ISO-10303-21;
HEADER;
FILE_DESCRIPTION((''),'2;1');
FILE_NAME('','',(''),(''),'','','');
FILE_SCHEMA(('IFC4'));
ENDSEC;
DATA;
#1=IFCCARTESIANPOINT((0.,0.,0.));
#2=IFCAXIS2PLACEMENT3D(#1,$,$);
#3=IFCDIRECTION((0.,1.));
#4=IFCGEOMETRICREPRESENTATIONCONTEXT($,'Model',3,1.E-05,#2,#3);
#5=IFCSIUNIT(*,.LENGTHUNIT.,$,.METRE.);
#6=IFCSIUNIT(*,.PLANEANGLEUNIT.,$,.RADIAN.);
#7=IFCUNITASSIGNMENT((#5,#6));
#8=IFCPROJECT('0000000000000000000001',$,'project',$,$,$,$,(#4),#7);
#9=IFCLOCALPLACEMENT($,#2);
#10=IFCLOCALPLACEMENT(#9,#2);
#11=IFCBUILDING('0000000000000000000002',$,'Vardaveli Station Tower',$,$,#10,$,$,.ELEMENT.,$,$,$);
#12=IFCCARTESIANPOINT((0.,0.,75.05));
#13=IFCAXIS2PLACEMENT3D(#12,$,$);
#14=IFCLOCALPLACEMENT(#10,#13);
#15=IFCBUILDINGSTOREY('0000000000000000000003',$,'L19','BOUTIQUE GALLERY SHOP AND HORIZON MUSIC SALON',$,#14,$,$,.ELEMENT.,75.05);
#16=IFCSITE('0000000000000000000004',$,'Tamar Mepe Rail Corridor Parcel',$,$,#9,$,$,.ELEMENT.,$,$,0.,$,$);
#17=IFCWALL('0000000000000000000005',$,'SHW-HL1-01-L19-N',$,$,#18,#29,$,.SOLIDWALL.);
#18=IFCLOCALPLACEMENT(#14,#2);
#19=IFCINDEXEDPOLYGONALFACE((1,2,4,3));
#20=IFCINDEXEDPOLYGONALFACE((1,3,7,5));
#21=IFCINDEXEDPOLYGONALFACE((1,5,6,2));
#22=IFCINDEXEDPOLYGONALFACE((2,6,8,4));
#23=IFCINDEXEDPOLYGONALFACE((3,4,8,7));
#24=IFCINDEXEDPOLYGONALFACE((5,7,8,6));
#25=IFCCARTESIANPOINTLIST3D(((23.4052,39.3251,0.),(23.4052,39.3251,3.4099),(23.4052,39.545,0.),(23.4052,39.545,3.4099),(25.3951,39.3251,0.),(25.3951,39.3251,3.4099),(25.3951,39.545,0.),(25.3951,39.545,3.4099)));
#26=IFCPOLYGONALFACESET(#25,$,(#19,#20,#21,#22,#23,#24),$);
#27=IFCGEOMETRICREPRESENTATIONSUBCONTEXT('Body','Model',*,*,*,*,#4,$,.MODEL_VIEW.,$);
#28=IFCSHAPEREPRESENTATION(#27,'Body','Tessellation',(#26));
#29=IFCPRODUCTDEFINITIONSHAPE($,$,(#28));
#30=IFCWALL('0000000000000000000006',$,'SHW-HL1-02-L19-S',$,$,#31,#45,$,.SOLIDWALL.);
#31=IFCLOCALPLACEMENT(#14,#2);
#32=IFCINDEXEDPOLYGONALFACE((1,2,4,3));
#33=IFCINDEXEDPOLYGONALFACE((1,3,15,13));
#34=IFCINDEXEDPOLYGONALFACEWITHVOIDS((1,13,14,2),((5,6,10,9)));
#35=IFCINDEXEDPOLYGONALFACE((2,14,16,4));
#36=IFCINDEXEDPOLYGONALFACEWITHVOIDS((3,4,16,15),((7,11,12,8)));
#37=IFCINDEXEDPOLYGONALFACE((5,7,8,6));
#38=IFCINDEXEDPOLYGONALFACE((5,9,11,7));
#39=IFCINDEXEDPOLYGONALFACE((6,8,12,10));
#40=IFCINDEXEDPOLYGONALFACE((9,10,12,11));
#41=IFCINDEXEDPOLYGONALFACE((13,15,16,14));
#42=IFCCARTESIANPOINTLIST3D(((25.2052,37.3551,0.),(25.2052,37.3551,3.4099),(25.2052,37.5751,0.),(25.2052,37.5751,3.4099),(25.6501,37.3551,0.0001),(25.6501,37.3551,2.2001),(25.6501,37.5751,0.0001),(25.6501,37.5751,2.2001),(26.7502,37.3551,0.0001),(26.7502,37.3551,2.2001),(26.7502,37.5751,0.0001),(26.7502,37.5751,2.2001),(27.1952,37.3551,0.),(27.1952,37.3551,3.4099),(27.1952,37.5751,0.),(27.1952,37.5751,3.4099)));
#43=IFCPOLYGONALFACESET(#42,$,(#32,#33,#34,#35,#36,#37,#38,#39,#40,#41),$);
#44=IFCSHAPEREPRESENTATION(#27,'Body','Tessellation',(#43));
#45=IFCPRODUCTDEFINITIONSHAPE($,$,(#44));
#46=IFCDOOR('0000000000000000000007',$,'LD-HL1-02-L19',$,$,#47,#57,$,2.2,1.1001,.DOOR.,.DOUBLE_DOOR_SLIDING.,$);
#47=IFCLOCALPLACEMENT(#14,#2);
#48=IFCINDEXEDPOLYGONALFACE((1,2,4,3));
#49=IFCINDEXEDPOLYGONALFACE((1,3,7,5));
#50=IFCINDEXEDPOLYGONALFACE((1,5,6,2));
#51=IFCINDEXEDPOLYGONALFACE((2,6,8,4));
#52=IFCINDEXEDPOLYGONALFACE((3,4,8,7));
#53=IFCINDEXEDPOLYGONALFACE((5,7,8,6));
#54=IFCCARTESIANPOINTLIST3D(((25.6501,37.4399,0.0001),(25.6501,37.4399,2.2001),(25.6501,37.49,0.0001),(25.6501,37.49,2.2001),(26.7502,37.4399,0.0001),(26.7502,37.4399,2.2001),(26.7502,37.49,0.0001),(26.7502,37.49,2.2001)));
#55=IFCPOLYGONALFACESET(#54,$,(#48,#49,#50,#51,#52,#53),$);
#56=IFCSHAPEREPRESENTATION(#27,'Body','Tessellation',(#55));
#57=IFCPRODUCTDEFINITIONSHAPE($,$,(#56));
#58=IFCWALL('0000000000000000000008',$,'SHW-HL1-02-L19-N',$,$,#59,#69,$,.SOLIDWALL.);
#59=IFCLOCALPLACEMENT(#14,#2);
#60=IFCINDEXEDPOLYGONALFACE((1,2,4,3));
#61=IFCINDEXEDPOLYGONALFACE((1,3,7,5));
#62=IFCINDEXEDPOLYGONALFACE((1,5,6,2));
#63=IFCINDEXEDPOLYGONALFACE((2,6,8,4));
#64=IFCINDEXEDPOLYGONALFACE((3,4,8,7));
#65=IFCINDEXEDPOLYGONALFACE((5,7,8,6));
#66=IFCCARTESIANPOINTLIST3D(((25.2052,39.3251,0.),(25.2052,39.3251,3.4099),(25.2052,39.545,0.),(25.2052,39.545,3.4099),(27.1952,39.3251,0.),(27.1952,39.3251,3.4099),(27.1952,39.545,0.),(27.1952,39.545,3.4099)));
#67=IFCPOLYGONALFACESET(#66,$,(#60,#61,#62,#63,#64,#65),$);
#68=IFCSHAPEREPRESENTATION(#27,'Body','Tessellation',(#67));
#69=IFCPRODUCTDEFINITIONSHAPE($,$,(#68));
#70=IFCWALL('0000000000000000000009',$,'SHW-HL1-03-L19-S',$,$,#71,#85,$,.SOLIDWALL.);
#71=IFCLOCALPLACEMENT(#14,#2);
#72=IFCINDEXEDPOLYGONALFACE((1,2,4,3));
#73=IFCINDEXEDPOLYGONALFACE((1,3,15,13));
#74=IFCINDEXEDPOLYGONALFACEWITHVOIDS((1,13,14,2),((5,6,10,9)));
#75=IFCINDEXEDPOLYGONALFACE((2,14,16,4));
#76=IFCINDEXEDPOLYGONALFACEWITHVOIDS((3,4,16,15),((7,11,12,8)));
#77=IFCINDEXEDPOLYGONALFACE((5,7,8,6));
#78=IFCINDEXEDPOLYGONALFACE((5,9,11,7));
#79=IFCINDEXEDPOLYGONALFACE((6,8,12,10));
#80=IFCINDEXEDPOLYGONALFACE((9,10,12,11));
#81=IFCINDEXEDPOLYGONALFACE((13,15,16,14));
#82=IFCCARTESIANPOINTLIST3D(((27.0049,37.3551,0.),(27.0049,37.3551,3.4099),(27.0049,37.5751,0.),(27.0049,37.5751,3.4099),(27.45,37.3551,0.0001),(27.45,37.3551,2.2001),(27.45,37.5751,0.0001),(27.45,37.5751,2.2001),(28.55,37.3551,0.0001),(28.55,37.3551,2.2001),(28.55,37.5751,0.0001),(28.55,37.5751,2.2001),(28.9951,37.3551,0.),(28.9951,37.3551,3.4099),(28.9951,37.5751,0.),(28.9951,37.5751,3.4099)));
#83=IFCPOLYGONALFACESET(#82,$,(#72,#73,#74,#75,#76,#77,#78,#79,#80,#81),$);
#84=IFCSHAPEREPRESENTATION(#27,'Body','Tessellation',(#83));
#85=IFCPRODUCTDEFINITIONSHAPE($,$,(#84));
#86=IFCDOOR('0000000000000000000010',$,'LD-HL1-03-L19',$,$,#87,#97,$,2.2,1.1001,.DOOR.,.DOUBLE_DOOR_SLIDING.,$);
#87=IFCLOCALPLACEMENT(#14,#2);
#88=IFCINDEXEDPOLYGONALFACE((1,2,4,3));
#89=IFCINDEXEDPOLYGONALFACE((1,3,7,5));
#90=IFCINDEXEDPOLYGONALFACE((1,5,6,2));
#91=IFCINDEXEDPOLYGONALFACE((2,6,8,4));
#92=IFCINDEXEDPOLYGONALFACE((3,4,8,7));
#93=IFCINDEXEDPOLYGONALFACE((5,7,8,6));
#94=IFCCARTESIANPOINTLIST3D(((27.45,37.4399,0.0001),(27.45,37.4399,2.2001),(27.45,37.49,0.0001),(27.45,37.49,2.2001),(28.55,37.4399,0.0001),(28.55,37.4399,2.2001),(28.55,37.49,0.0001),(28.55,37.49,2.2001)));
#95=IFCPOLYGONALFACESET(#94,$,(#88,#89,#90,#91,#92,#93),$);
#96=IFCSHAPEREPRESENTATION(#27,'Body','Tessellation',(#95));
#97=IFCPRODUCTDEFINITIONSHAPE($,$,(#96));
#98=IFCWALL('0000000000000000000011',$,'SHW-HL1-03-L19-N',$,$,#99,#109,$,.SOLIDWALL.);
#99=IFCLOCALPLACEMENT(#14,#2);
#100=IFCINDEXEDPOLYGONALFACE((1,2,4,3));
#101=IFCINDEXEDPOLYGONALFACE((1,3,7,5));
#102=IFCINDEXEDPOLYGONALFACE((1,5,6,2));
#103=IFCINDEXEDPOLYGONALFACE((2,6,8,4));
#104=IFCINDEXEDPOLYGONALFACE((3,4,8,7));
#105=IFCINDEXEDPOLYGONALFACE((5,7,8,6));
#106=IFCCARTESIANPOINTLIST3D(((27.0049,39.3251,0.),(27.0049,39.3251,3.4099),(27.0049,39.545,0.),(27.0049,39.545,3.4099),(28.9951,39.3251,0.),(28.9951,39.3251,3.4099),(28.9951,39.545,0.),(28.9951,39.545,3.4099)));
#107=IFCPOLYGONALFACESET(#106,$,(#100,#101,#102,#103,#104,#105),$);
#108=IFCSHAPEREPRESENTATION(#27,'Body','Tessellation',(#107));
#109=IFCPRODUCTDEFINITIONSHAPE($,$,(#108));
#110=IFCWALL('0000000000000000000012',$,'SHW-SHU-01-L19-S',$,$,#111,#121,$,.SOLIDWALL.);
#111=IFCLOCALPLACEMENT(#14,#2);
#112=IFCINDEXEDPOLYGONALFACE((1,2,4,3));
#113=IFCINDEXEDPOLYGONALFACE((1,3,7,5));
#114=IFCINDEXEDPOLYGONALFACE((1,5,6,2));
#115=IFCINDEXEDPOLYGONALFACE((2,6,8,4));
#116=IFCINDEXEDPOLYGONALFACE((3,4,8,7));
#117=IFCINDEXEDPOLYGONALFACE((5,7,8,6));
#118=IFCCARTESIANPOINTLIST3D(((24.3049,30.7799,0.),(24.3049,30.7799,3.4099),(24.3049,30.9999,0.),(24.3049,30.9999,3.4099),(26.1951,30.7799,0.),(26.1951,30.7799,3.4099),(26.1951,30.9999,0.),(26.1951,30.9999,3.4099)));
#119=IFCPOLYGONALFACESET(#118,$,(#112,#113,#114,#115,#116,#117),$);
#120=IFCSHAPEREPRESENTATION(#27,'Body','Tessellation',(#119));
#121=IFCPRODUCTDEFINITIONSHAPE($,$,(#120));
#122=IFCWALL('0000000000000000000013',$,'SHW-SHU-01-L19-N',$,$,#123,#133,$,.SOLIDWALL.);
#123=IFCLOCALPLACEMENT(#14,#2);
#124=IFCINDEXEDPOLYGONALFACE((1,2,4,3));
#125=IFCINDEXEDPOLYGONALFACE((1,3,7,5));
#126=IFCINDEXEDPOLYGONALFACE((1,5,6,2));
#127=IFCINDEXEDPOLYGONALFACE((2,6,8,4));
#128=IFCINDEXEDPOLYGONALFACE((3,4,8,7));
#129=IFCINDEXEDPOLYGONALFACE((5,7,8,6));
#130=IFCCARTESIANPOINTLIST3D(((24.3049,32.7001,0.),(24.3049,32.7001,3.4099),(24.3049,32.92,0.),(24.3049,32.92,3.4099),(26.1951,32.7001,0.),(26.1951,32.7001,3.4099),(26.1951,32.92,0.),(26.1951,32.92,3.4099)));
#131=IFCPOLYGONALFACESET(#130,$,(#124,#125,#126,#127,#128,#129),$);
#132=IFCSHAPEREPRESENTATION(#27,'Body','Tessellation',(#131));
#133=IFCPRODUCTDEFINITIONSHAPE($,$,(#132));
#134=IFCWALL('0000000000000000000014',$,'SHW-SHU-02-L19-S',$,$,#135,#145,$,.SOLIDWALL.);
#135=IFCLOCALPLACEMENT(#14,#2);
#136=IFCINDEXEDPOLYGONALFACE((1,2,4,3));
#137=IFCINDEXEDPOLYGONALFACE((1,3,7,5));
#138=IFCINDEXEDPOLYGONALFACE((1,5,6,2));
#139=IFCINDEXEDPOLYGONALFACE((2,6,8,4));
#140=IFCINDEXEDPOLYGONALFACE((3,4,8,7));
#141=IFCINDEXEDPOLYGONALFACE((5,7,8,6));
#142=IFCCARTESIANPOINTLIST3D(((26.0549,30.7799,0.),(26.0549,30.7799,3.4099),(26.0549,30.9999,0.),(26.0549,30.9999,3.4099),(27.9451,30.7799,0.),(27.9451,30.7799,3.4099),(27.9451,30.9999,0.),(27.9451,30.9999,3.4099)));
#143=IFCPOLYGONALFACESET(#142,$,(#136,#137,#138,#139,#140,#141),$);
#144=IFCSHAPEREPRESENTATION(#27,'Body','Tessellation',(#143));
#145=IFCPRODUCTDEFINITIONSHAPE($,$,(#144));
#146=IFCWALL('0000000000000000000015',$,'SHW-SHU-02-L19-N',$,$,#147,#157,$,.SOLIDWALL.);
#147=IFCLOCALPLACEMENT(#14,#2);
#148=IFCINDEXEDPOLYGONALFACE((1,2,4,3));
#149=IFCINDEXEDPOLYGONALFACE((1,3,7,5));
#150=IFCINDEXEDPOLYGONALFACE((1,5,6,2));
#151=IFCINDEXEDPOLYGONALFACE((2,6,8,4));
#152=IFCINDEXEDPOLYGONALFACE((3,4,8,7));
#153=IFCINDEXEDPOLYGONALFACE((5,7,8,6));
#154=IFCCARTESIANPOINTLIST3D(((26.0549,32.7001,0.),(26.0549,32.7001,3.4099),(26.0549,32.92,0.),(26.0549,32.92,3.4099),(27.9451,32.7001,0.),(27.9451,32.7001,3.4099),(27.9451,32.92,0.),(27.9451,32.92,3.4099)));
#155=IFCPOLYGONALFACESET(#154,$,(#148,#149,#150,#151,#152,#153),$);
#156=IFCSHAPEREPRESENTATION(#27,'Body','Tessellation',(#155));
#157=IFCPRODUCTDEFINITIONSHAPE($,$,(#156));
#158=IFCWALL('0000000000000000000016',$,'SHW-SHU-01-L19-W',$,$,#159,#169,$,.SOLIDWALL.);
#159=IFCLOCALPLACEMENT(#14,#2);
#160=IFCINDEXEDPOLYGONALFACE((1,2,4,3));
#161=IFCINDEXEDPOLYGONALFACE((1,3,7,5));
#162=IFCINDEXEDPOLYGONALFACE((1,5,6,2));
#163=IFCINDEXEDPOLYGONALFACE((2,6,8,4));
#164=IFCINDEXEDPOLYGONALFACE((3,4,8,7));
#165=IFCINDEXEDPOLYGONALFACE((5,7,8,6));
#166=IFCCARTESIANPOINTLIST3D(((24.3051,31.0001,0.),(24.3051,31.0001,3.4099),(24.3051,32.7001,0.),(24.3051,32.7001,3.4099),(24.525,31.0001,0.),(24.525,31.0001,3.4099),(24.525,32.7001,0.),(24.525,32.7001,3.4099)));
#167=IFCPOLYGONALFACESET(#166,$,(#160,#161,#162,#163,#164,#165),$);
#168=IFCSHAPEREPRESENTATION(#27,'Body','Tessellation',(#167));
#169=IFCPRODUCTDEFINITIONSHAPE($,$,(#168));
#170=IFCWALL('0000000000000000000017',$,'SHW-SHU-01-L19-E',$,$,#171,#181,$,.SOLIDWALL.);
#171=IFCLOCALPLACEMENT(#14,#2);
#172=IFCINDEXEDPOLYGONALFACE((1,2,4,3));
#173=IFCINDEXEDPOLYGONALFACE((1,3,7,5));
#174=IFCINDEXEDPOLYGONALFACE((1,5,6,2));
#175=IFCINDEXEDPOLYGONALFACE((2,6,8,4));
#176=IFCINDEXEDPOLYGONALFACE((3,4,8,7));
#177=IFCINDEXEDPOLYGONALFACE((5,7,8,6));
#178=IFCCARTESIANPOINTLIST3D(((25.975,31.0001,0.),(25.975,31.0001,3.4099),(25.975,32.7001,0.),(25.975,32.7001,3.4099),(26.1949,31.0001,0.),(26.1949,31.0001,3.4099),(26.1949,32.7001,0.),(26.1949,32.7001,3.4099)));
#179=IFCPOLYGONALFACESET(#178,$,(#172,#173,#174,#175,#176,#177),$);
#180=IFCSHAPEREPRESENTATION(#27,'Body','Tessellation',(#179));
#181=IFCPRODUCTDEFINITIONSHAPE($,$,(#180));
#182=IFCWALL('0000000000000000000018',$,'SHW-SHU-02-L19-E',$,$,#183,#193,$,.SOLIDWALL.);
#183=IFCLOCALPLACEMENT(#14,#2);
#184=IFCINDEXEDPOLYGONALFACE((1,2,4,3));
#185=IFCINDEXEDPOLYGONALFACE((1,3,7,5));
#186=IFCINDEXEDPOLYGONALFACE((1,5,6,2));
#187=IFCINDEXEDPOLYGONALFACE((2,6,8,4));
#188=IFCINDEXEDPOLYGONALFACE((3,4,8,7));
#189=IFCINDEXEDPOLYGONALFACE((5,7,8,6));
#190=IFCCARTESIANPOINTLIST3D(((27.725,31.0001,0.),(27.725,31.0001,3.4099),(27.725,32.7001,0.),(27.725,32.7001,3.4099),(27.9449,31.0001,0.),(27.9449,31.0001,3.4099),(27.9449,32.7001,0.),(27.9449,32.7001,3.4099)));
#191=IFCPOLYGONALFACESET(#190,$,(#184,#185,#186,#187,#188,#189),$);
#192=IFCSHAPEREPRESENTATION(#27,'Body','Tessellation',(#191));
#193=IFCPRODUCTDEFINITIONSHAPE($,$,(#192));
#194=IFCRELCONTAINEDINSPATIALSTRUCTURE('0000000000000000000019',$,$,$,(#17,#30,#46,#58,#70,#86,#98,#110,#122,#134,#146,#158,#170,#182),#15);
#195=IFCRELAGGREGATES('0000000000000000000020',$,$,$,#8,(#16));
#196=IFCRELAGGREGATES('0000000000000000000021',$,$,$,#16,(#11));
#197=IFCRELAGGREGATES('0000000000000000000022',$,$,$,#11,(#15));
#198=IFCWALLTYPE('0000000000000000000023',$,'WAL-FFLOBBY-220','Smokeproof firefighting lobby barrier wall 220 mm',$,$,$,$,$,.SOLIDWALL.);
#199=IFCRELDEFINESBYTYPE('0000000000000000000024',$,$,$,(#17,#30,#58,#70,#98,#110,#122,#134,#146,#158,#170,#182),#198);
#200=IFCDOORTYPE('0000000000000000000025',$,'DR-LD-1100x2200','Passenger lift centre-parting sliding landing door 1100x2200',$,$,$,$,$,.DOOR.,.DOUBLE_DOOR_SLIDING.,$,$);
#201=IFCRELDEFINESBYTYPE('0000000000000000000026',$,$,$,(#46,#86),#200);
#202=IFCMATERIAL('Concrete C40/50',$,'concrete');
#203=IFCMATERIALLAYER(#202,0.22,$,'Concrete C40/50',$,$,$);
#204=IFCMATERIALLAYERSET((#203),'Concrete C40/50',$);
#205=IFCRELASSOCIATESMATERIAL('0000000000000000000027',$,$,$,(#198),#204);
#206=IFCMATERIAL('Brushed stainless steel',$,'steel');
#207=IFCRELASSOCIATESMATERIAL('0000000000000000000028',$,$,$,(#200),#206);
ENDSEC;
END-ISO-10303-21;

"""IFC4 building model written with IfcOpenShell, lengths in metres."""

from ifc_helpers import new_model, si_unit, direction, frame, frame_2d, origin, place, context, subcontext, project, spatial, rectangle, extrude, source, transform, mapped, material, layer, layer_set, type_object, element, fill, save


model = new_model("IFC4")

# Units and contexts
model_context = context("Model", 3, precision=1e-05, world=origin(), true_north=direction((0.0, 1.0)))
body_context = subcontext(model_context, "Body", "Model", "MODEL_VIEW")
ifc_project = project(units=[si_unit("LENGTHUNIT", "METRE"), si_unit("PLANEANGLEUNIT", "RADIAN")], contexts=[model_context])

# Site, building, storey
site_placement = place(None, origin())
site = spatial("IfcSite", under=ifc_project, at=site_placement, Name="Tamar Mepe Rail Corridor Parcel", CompositionType="ELEMENT", RefElevation=0.0)
building_placement = place(site_placement, origin())
building = spatial("IfcBuilding", under=site, at=building_placement, Name="Vardaveli Station Tower", CompositionType="ELEMENT")
storey_placement = place(building_placement, frame((0.0, 0.0, 75.05)))
storey = spatial("IfcBuildingStorey", under=building, at=storey_placement, Name="L19", Description="BOUTIQUE GALLERY SHOP AND HORIZON MUSIC SALON", CompositionType="ELEMENT", Elevation=75.05)

# Shared definitions
ifc_material_1 = material(Name="Concrete C40/50", Category="concrete")
ifc_layer = layer(ifc_material_1, 0.22, Name="Concrete C40/50")
ifc_layer_set = layer_set([ifc_layer], Name="Concrete C40/50")
wall_type = type_object("IfcWallType", Name="WAL-FFLOBBY-220", Description="Smokeproof firefighting lobby barrier wall 220 mm", PredefinedType="SOLIDWALL", material=ifc_layer_set)

# Shared definitions
shared_shape_1 = source(origin(), body_context, "Body", "SweptSolid", [
    extrude(rectangle(XDim=1.99, YDim=0.22, at=frame_2d((0.9951, 0.0))), origin(), (0.0, 0.0, 1.0), 3.4099),
])
shared_shape_2 = source(origin(), body_context, "Body", "SweptSolid", [
    extrude(rectangle(XDim=1.1001, YDim=2.2, at=frame_2d((0.55, 1.1001))), frame((0.0, 0.1201, 0.0), z_axis=(0.0, -1.0, 0.0), x_axis=(1.0, 0.0, 0.0)), (0.0, 0.0, 1.0), 0.24),
])
ifc_material_2 = material(Name="Brushed stainless steel", Category="steel")
door_type = type_object("IfcDoorType", Name="DR-LD-1100x2200", Description="Passenger lift centre-parting sliding landing door 1100x2200", OperationType="DOUBLE_DOOR_SLIDING", PredefinedType="DOOR", material=ifc_material_2)
shared_shape_3 = source(origin(), body_context, "Body", "SweptSolid", [
    extrude(rectangle(XDim=1.1001, YDim=2.2, at=frame_2d((0.55, 1.1001))), frame((0.0, 0.0249, 0.0), z_axis=(0.0, -1.0, 0.0), x_axis=(1.0, 0.0, 0.0)), (0.0, 0.0, 1.0), 0.05),
])

# Wall
wall_1_placement = place(storey_placement, frame((23.405, 39.4351, 0.0), z_axis=(0.0, 0.0, 1.0), x_axis=(1.0, 0.0, 0.0)))
element("IfcWall", 1, at=wall_1_placement, inside=storey, type_object=wall_type, Name="SHW-HL1-01-L19-N", PredefinedType="SOLIDWALL", context=body_context, shape_type="MappedRepresentation", body=[
    mapped(shared_shape_1, transform((0.0, 0.0, 0.0), scale=1.0)),
])

# Wall, opening, door
wall_2_placement = place(storey_placement, frame((25.2051, 37.4651, 0.0), z_axis=(0.0, 0.0, 1.0), x_axis=(1.0, 0.0, 0.0)))
wall_2 = element("IfcWall", 2, at=wall_2_placement, inside=storey, type_object=wall_type, Name="SHW-HL1-02-L19-S", PredefinedType="SOLIDWALL", context=body_context, shape_type="MappedRepresentation", body=[
    mapped(shared_shape_1, transform((0.0, 0.0, 0.0), scale=1.0)),
])
opening_1_placement = place(wall_2_placement, frame((0.4451, 0.0, 0.0)))
opening_1 = element("IfcOpeningElement", 3, at=opening_1_placement, cuts=wall_2, PredefinedType="OPENING", context=body_context, shape_type="MappedRepresentation", body=[
    mapped(shared_shape_2, transform((0.0, 0.0, 0.0), scale=1.0)),
])
door_1_placement = place(opening_1_placement, origin())
door_1 = element("IfcDoor", 4, at=door_1_placement, inside=storey, type_object=door_type, Name="LD-HL1-02-L19", OperationType="DOUBLE_DOOR_SLIDING", OverallHeight=2.2, OverallWidth=1.1001, PredefinedType="DOOR", context=body_context, shape_type="MappedRepresentation", body=[
    mapped(shared_shape_3, transform((0.0, 0.0, 0.0), scale=1.0)),
])
fill(opening_1, door_1)

# Wall
wall_3_placement = place(storey_placement, frame((25.2051, 39.4351, 0.0), z_axis=(0.0, 0.0, 1.0), x_axis=(1.0, 0.0, 0.0)))
element("IfcWall", 5, at=wall_3_placement, inside=storey, type_object=wall_type, Name="SHW-HL1-02-L19-N", PredefinedType="SOLIDWALL", context=body_context, shape_type="MappedRepresentation", body=[
    mapped(shared_shape_1, transform((0.0, 0.0, 0.0), scale=1.0)),
])

# Wall, opening, door
shared_shape_4 = source(origin(), body_context, "Body", "SweptSolid", [
    extrude(rectangle(XDim=1.9902, YDim=0.22, at=frame_2d((0.9951, 0.0))), origin(), (0.0, 0.0, 1.0), 3.4099),
])
wall_4_placement = place(storey_placement, frame((27.0049, 37.4651, 0.0), z_axis=(0.0, 0.0, 1.0), x_axis=(1.0, 0.0, 0.0)))
wall_4 = element("IfcWall", 6, at=wall_4_placement, inside=storey, type_object=wall_type, Name="SHW-HL1-03-L19-S", PredefinedType="SOLIDWALL", context=body_context, shape_type="MappedRepresentation", body=[
    mapped(shared_shape_4, transform((0.0, 0.0, 0.0), scale=1.0)),
])
opening_2_placement = place(wall_4_placement, frame((0.4451, 0.0, 0.0)))
opening_2 = element("IfcOpeningElement", 7, at=opening_2_placement, cuts=wall_4, PredefinedType="OPENING", context=body_context, shape_type="MappedRepresentation", body=[
    mapped(shared_shape_2, transform((0.0, 0.0, 0.0), scale=1.0)),
])
door_2_placement = place(opening_2_placement, origin())
door_2 = element("IfcDoor", 8, at=door_2_placement, inside=storey, type_object=door_type, Name="LD-HL1-03-L19", OperationType="DOUBLE_DOOR_SLIDING", OverallHeight=2.2, OverallWidth=1.1001, PredefinedType="DOOR", context=body_context, shape_type="MappedRepresentation", body=[
    mapped(shared_shape_3, transform((0.0, 0.0, 0.0), scale=1.0)),
])
fill(opening_2, door_2)

# Walls
wall_5_placement = place(storey_placement, frame((27.0049, 39.4351, 0.0), z_axis=(0.0, 0.0, 1.0), x_axis=(1.0, 0.0, 0.0)))
element("IfcWall", 9, at=wall_5_placement, inside=storey, type_object=wall_type, Name="SHW-HL1-03-L19-N", PredefinedType="SOLIDWALL", context=body_context, shape_type="MappedRepresentation", body=[
    mapped(shared_shape_4, transform((0.0, 0.0, 0.0), scale=1.0)),
])
shared_shape_5 = source(origin(), body_context, "Body", "SweptSolid", [
    extrude(rectangle(XDim=1.8901, YDim=0.22, at=frame_2d((0.9451, 0.0))), origin(), (0.0, 0.0, 1.0), 3.4099),
])
for number, where, z_axis, x_axis, name in (
    (10, (24.3049, 30.8899, 0.0), (0.0, 0.0, 1.0), (1.0, 0.0, 0.0), "SHW-SHU-01-L19-S"),
    (11, (24.3049, 32.8101, 0.0), (0.0, 0.0, 1.0), (1.0, 0.0, 0.0), "SHW-SHU-01-L19-N"),
    (12, (26.0549, 30.8899, 0.0), (0.0, 0.0, 1.0), (1.0, 0.0, 0.0), "SHW-SHU-02-L19-S"),
    (13, (26.0549, 32.8101, 0.0), (0.0, 0.0, 1.0), (1.0, 0.0, 0.0), "SHW-SHU-02-L19-N"),
):
    element("IfcWall", number, at=place(storey_placement, frame(where, z_axis=z_axis, x_axis=x_axis)), inside=storey, type_object=wall_type, Name=name, PredefinedType="SOLIDWALL", context=body_context, shape_type="MappedRepresentation", body=[
        mapped(shared_shape_5, transform((0.0, 0.0, 0.0), scale=1.0)),
    ])
shared_shape_6 = source(origin(), body_context, "Body", "SweptSolid", [
    extrude(rectangle(XDim=1.7, YDim=0.22, at=frame_2d((0.8501, 0.0))), origin(), (0.0, 0.0, 1.0), 3.4099),
])
for number, where, z_axis, x_axis, name in (
    (14, (24.415, 31.0, 0.0), (0.0, 0.0, 1.0), (0.0, 1.0, 0.0), "SHW-SHU-01-L19-W"),
    (15, (26.085, 31.0, 0.0), (0.0, 0.0, 1.0), (0.0, 1.0, 0.0), "SHW-SHU-01-L19-E"),
    (16, (27.835, 31.0, 0.0), (0.0, 0.0, 1.0), (0.0, 1.0, 0.0), "SHW-SHU-02-L19-E"),
):
    element("IfcWall", number, at=place(storey_placement, frame(where, z_axis=z_axis, x_axis=x_axis)), inside=storey, type_object=wall_type, Name=name, PredefinedType="SOLIDWALL", context=body_context, shape_type="MappedRepresentation", body=[
        mapped(shared_shape_6, transform((0.0, 0.0, 0.0), scale=1.0)),
    ])

save(model, "model.ifc")
